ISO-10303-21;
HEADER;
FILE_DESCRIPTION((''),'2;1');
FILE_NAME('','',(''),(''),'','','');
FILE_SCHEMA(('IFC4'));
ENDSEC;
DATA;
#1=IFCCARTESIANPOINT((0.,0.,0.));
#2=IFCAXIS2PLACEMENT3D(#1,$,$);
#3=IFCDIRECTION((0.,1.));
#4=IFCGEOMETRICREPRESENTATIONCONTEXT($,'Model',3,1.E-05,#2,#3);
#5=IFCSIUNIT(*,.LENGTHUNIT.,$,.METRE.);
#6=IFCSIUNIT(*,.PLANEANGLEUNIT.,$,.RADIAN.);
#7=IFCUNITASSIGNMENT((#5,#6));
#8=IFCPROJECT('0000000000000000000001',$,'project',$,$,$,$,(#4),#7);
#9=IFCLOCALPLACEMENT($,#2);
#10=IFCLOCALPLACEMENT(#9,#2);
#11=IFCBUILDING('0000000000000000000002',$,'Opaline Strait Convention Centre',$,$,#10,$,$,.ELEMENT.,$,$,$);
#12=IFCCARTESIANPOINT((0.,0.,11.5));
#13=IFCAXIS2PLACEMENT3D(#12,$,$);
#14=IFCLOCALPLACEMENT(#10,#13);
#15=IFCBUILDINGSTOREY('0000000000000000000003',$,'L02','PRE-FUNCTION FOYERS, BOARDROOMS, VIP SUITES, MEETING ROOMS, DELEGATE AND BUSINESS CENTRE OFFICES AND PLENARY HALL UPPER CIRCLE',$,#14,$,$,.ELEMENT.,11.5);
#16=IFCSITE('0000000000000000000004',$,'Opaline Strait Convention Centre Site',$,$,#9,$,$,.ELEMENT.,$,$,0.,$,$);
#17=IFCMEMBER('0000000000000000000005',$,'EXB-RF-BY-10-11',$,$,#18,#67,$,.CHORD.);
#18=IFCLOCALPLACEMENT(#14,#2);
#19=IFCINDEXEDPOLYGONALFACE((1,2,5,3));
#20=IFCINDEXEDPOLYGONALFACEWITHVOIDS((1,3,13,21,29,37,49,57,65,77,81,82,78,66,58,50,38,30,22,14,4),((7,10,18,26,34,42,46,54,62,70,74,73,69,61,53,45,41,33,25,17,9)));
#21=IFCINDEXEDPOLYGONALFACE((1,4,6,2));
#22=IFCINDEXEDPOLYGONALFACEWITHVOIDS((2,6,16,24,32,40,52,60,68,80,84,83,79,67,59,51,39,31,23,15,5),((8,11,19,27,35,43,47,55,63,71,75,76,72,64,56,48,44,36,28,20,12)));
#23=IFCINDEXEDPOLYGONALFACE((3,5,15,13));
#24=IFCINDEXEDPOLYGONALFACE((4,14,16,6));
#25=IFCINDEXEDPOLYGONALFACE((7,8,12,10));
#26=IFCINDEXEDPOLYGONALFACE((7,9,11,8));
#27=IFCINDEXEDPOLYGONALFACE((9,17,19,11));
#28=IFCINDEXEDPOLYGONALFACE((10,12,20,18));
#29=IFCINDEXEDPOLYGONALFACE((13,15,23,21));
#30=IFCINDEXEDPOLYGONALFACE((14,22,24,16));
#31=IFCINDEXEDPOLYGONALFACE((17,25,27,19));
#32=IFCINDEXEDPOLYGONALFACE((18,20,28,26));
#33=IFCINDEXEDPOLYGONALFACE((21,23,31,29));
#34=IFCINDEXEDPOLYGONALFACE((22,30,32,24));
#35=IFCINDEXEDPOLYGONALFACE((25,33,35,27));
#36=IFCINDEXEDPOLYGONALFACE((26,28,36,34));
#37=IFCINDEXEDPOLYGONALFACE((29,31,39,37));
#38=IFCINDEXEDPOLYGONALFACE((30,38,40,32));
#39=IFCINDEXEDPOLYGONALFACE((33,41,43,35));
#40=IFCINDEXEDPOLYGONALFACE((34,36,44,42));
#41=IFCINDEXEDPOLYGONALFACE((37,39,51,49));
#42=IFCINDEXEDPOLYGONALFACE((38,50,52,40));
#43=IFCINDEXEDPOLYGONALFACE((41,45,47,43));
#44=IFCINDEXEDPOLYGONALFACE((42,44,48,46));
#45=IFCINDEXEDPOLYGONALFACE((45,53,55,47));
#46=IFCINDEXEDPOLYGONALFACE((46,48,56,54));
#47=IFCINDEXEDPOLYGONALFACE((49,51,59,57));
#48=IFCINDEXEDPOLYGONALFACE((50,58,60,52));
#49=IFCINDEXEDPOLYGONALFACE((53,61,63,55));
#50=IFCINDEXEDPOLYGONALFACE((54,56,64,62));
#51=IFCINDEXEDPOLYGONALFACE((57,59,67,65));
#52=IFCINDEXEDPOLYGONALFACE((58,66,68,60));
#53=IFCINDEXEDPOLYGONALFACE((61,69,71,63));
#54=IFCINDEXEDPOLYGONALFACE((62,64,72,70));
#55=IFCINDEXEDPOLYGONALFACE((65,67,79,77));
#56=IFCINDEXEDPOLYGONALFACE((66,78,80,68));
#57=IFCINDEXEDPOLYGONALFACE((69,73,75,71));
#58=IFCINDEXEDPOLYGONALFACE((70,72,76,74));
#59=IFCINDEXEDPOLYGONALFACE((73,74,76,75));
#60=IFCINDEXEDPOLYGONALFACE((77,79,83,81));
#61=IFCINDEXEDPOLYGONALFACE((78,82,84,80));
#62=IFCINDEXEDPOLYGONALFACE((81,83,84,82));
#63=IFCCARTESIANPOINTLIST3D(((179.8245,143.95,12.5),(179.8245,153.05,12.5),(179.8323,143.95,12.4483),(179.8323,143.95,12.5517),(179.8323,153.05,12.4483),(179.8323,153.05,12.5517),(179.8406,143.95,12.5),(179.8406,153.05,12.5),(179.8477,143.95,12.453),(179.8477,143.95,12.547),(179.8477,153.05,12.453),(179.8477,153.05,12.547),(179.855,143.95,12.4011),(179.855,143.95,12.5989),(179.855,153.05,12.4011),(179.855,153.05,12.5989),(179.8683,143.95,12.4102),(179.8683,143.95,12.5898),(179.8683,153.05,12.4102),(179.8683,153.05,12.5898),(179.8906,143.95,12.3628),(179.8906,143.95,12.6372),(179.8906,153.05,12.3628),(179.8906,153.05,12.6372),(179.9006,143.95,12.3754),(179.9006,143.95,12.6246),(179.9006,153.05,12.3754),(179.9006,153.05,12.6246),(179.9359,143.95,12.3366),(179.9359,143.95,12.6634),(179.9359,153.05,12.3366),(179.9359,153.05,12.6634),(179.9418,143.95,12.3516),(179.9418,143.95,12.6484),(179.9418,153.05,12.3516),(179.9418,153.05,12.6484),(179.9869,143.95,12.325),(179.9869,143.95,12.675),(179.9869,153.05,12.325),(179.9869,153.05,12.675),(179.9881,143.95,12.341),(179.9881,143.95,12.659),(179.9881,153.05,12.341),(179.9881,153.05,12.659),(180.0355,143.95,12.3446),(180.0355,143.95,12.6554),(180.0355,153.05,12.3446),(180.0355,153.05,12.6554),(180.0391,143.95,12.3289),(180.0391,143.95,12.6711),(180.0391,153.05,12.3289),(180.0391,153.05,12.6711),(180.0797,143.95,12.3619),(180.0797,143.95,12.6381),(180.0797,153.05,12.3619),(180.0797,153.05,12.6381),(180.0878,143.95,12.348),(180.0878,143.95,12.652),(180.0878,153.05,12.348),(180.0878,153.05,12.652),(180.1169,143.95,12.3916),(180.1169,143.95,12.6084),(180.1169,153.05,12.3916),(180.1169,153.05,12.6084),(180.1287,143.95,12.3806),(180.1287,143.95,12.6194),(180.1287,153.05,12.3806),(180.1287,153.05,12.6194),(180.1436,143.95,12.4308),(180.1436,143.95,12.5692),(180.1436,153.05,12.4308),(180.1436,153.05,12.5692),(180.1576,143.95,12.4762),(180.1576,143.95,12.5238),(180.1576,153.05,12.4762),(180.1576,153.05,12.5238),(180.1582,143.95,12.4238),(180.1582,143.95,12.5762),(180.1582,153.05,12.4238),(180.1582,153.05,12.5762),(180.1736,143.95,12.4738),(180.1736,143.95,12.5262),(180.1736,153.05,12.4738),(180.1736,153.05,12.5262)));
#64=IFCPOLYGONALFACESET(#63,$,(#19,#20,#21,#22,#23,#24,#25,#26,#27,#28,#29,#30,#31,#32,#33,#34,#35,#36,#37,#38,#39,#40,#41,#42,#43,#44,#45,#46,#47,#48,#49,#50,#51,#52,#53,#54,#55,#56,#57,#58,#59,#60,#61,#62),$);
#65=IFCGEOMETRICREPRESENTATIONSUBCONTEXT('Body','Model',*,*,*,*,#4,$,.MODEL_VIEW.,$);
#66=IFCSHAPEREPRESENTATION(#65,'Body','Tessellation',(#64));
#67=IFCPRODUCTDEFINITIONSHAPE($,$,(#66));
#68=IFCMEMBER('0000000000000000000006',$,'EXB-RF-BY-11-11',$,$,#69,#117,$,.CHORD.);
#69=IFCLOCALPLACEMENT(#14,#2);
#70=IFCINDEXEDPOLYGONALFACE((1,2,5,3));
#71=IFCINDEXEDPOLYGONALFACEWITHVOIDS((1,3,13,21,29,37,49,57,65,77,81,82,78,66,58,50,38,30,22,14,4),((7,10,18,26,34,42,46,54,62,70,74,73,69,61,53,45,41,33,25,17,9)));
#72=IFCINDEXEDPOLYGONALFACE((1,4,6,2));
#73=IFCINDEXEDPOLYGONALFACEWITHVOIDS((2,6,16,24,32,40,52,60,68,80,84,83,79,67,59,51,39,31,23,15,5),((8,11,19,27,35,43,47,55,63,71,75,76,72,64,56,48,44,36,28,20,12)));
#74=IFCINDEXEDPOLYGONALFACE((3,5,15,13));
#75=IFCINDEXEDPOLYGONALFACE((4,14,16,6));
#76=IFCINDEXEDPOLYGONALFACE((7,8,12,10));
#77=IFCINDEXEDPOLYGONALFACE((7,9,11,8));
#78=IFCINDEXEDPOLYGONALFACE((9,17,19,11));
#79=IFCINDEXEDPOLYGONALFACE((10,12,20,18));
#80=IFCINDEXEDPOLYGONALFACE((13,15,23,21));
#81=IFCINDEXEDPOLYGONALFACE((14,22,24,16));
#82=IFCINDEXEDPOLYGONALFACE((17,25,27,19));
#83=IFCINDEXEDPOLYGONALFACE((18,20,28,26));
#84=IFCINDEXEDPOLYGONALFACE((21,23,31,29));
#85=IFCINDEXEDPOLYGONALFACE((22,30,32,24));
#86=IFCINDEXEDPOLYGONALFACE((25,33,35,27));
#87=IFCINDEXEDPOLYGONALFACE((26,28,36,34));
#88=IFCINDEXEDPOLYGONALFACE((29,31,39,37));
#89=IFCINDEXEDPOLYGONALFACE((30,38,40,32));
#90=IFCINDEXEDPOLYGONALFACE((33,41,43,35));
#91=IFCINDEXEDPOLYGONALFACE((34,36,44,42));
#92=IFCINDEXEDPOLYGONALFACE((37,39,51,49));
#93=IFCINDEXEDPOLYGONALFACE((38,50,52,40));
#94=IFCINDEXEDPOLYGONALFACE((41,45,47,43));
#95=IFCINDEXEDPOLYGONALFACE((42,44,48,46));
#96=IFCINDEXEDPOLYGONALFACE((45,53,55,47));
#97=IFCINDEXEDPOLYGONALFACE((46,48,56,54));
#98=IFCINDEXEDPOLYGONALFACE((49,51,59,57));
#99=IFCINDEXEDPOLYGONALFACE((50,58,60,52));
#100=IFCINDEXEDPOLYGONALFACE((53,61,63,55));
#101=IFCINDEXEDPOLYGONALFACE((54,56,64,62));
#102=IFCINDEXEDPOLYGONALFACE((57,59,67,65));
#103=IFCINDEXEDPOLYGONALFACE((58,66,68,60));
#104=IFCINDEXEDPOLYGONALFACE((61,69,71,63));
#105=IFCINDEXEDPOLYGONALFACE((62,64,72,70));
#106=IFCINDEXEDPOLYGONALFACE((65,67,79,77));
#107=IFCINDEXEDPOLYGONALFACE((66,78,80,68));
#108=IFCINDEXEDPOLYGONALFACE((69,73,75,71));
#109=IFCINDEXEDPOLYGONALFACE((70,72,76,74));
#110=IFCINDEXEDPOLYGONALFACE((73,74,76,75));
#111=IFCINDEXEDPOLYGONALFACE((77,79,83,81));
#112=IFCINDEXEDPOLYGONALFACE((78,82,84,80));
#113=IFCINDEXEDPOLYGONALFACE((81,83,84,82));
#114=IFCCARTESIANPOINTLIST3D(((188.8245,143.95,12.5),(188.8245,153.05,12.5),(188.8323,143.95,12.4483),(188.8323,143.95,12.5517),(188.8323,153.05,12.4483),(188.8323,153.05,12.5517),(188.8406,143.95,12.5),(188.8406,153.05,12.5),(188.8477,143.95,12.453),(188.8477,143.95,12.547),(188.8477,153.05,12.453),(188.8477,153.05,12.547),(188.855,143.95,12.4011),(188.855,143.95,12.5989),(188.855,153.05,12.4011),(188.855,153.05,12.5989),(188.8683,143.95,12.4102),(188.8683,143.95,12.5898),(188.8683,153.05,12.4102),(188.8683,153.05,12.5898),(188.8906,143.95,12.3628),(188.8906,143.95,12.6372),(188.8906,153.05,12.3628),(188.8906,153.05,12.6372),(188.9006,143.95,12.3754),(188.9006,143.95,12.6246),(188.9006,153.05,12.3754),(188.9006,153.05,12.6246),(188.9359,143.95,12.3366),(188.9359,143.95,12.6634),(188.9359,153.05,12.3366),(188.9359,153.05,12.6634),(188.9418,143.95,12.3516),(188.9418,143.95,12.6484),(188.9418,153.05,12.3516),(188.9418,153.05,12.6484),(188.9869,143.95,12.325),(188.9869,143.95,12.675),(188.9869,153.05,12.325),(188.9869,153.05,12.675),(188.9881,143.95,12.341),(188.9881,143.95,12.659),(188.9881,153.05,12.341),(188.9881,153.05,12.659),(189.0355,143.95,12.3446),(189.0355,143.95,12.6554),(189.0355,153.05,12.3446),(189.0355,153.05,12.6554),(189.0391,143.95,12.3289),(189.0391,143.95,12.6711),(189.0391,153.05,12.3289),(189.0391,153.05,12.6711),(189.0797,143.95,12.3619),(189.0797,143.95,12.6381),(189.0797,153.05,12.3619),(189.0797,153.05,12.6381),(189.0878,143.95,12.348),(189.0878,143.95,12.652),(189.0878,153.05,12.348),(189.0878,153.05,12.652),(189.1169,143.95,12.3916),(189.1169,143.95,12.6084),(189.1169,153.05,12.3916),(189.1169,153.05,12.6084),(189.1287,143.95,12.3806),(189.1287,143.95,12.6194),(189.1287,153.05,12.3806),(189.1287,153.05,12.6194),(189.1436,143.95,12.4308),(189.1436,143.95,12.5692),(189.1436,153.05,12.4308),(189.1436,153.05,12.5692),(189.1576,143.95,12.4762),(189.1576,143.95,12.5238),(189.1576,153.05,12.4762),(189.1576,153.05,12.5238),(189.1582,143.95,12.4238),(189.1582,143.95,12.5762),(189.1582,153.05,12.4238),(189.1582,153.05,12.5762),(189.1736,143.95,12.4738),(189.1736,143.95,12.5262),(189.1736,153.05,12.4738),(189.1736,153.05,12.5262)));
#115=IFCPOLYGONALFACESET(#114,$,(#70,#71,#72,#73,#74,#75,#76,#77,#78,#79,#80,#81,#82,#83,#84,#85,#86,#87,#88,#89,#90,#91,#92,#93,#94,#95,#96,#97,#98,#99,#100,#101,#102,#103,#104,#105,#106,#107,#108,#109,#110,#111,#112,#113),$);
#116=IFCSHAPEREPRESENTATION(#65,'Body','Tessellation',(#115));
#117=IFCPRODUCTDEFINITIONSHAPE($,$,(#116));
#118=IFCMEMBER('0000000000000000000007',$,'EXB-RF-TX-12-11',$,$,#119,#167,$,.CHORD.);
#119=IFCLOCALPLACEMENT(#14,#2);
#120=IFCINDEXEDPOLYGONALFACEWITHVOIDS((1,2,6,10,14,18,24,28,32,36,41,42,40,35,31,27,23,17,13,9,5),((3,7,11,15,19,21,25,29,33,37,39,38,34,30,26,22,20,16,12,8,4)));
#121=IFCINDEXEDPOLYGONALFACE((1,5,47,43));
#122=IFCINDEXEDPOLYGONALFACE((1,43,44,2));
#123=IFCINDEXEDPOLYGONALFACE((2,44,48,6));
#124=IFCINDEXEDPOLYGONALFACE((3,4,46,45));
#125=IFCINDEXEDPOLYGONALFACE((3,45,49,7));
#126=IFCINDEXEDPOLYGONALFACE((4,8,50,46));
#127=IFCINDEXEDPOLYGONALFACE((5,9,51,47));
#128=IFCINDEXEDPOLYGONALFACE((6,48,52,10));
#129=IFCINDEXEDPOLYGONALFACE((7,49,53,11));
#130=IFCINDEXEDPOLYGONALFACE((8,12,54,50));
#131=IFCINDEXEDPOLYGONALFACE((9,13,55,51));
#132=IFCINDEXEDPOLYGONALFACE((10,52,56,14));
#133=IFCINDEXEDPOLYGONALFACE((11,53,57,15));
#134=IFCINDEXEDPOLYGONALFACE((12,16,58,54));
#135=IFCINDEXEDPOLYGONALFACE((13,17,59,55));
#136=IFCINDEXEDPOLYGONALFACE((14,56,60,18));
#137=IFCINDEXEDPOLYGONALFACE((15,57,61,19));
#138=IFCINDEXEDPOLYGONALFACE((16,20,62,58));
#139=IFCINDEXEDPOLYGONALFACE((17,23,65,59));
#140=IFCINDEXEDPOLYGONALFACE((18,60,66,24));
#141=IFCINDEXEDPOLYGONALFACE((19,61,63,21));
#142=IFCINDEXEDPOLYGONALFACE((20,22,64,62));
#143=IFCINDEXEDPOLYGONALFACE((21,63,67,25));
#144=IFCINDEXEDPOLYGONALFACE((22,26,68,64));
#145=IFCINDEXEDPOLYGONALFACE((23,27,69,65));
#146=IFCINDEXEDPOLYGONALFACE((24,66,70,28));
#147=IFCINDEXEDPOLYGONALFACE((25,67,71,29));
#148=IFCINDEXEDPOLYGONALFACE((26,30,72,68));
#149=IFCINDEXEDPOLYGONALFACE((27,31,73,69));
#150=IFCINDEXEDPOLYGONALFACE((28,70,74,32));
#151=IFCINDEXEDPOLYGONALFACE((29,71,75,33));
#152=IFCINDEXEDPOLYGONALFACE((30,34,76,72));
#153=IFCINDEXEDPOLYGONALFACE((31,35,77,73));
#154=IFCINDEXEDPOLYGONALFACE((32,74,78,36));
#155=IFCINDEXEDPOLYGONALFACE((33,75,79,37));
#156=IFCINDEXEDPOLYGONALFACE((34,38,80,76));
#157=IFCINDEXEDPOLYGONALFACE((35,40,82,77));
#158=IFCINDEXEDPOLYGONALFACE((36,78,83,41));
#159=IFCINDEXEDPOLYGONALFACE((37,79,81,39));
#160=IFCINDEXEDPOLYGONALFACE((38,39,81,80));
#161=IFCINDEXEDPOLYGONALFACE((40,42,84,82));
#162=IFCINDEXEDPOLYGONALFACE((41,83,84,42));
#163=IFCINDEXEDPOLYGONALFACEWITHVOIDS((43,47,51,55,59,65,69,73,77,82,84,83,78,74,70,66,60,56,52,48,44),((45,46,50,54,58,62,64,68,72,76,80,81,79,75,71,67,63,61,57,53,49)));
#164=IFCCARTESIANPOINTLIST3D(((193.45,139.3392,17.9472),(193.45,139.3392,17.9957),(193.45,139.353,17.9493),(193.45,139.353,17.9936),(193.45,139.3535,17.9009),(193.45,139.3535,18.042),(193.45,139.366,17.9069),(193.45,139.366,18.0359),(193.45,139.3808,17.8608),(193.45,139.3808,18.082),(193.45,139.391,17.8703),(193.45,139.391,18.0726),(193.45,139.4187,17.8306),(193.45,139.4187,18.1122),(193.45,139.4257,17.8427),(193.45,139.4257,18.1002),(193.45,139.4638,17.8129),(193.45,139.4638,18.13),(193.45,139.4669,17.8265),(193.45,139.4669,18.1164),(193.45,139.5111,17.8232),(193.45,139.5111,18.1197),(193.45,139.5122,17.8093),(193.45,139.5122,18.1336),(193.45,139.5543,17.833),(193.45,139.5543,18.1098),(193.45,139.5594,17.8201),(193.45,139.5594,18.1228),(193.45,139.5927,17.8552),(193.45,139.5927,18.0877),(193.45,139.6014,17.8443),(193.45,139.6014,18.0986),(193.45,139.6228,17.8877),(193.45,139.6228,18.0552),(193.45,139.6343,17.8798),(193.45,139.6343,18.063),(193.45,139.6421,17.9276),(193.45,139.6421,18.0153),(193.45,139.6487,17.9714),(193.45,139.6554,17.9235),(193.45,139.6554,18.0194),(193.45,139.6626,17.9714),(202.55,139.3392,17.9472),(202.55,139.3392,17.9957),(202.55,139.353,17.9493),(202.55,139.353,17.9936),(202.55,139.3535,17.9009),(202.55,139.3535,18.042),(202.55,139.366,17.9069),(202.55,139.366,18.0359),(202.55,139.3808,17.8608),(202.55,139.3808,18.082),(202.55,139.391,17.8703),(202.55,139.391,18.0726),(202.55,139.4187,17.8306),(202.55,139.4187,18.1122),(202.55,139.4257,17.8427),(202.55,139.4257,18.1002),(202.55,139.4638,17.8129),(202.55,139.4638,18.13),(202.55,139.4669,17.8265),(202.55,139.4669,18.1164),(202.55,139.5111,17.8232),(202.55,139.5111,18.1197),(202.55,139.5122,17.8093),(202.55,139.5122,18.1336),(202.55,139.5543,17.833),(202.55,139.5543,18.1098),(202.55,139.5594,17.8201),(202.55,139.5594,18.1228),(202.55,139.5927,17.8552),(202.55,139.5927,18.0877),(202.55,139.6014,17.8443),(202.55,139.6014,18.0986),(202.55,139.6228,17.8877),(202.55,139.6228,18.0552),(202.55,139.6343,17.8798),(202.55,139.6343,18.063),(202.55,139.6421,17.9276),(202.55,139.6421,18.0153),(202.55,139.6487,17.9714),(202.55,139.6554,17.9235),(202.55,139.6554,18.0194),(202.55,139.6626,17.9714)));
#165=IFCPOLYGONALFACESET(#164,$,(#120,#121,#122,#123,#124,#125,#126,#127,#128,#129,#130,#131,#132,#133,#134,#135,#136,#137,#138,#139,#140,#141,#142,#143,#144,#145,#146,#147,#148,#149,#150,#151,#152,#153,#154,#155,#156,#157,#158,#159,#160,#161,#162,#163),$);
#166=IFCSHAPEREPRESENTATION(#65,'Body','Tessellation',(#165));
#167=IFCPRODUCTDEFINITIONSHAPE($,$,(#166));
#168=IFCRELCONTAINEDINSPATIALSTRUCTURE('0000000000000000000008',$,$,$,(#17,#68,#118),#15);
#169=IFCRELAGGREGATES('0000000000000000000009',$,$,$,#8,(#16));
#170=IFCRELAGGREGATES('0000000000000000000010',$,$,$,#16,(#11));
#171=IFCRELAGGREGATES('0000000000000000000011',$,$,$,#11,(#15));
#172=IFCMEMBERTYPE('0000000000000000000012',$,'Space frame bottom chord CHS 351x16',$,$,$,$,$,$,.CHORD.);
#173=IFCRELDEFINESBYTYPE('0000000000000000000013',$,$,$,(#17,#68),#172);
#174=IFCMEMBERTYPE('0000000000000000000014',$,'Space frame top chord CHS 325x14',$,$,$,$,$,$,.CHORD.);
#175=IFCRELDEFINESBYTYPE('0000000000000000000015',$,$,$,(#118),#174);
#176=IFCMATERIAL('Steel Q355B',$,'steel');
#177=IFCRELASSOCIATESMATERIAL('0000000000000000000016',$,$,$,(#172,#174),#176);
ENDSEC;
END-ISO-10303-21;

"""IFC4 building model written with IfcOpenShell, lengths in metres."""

from ifc_helpers import new_model, si_unit, direction, frame, origin, origin_2d, place, context, subcontext, project, spatial, hollow_circle, extrude, material, material_profile, profile_set, type_object, element, save


model = new_model("IFC4")

# Units and contexts
model_context = context("Model", 3, precision=1e-05, world=origin(), true_north=direction((0.0, 1.0)))
body_context = subcontext(model_context, "Body", "Model", "MODEL_VIEW")
ifc_project = project(units=[si_unit("LENGTHUNIT", "METRE"), si_unit("PLANEANGLEUNIT", "RADIAN")], contexts=[model_context])

# Site, building, storey
site_placement = place(None, origin())
site = spatial("IfcSite", under=ifc_project, at=site_placement, Name="Opaline Strait Convention Centre Site", CompositionType="ELEMENT", RefElevation=0.0)
building_placement = place(site_placement, origin())
building = spatial("IfcBuilding", under=site, at=building_placement, Name="Opaline Strait Convention Centre", CompositionType="ELEMENT")
storey_placement = place(building_placement, frame((0.0, 0.0, 11.5)))
storey = spatial("IfcBuildingStorey", under=building, at=storey_placement, Name="L02", Description="PRE-FUNCTION FOYERS, BOARDROOMS, VIP SUITES, MEETING ROOMS, DELEGATE AND BUSINESS CENTRE OFFICES AND PLENARY HALL UPPER CIRCLE", CompositionType="ELEMENT", Elevation=11.5)

# Members
ifc_material_1 = material(Name="Steel Q355B", Category="steel")
ifc_material_profile_1 = material_profile(ifc_material_1, hollow_circle(Radius=0.1755, WallThickness=0.0161, at=origin_2d()), Name="CHS 351x16")
ifc_profile_set_1 = profile_set([ifc_material_profile_1], Name="Steel Q355B")
member_type_1 = type_object("IfcMemberType", Name="Space frame bottom chord CHS 351x16", PredefinedType="CHORD", material=ifc_profile_set_1)
for number, where, z_axis, x_axis, name in (
    (1, (180.0, 143.95, 12.5), (0.0, 1.0, 0.0), (-1.0, 0.0, 0.0), "EXB-RF-BY-10-11"),
    (2, (189.0, 143.95, 12.5), (0.0, 1.0, 0.0), (-1.0, 0.0, 0.0), "EXB-RF-BY-11-11"),
):
    element("IfcMember", number, at=place(storey_placement, frame(where, z_axis=z_axis, x_axis=x_axis)), inside=storey, type_object=member_type_1, Name=name, PredefinedType="CHORD", context=body_context, shape_type="SweptSolid", body=[
        extrude(hollow_circle(Radius=0.1755, WallThickness=0.0161, at=origin_2d()), origin(), (0.0, 0.0, 1.0), 9.1001),
    ])
ifc_material_profile_2 = material_profile(ifc_material_1, hollow_circle(Radius=0.1626, WallThickness=0.0139, at=origin_2d()), Name="CHS 325x14")
ifc_profile_set_2 = profile_set([ifc_material_profile_2], Name="Steel Q355B")
member_type_2 = type_object("IfcMemberType", Name="Space frame top chord CHS 325x14", PredefinedType="CHORD", material=ifc_profile_set_2)
member_1_placement = place(storey_placement, frame((193.45, 139.5, 17.9714), z_axis=(1.0, 0.0, 0.0), x_axis=(0.0, 1.0, 0.0)))
element("IfcMember", 3, at=member_1_placement, inside=storey, type_object=member_type_2, Name="EXB-RF-TX-12-11", PredefinedType="CHORD", context=body_context, shape_type="SweptSolid", body=[
    extrude(hollow_circle(Radius=0.1626, WallThickness=0.0139, at=origin_2d()), origin(), (0.0, 0.0, 1.0), 9.1001),
])

save(model, "model.ifc")
